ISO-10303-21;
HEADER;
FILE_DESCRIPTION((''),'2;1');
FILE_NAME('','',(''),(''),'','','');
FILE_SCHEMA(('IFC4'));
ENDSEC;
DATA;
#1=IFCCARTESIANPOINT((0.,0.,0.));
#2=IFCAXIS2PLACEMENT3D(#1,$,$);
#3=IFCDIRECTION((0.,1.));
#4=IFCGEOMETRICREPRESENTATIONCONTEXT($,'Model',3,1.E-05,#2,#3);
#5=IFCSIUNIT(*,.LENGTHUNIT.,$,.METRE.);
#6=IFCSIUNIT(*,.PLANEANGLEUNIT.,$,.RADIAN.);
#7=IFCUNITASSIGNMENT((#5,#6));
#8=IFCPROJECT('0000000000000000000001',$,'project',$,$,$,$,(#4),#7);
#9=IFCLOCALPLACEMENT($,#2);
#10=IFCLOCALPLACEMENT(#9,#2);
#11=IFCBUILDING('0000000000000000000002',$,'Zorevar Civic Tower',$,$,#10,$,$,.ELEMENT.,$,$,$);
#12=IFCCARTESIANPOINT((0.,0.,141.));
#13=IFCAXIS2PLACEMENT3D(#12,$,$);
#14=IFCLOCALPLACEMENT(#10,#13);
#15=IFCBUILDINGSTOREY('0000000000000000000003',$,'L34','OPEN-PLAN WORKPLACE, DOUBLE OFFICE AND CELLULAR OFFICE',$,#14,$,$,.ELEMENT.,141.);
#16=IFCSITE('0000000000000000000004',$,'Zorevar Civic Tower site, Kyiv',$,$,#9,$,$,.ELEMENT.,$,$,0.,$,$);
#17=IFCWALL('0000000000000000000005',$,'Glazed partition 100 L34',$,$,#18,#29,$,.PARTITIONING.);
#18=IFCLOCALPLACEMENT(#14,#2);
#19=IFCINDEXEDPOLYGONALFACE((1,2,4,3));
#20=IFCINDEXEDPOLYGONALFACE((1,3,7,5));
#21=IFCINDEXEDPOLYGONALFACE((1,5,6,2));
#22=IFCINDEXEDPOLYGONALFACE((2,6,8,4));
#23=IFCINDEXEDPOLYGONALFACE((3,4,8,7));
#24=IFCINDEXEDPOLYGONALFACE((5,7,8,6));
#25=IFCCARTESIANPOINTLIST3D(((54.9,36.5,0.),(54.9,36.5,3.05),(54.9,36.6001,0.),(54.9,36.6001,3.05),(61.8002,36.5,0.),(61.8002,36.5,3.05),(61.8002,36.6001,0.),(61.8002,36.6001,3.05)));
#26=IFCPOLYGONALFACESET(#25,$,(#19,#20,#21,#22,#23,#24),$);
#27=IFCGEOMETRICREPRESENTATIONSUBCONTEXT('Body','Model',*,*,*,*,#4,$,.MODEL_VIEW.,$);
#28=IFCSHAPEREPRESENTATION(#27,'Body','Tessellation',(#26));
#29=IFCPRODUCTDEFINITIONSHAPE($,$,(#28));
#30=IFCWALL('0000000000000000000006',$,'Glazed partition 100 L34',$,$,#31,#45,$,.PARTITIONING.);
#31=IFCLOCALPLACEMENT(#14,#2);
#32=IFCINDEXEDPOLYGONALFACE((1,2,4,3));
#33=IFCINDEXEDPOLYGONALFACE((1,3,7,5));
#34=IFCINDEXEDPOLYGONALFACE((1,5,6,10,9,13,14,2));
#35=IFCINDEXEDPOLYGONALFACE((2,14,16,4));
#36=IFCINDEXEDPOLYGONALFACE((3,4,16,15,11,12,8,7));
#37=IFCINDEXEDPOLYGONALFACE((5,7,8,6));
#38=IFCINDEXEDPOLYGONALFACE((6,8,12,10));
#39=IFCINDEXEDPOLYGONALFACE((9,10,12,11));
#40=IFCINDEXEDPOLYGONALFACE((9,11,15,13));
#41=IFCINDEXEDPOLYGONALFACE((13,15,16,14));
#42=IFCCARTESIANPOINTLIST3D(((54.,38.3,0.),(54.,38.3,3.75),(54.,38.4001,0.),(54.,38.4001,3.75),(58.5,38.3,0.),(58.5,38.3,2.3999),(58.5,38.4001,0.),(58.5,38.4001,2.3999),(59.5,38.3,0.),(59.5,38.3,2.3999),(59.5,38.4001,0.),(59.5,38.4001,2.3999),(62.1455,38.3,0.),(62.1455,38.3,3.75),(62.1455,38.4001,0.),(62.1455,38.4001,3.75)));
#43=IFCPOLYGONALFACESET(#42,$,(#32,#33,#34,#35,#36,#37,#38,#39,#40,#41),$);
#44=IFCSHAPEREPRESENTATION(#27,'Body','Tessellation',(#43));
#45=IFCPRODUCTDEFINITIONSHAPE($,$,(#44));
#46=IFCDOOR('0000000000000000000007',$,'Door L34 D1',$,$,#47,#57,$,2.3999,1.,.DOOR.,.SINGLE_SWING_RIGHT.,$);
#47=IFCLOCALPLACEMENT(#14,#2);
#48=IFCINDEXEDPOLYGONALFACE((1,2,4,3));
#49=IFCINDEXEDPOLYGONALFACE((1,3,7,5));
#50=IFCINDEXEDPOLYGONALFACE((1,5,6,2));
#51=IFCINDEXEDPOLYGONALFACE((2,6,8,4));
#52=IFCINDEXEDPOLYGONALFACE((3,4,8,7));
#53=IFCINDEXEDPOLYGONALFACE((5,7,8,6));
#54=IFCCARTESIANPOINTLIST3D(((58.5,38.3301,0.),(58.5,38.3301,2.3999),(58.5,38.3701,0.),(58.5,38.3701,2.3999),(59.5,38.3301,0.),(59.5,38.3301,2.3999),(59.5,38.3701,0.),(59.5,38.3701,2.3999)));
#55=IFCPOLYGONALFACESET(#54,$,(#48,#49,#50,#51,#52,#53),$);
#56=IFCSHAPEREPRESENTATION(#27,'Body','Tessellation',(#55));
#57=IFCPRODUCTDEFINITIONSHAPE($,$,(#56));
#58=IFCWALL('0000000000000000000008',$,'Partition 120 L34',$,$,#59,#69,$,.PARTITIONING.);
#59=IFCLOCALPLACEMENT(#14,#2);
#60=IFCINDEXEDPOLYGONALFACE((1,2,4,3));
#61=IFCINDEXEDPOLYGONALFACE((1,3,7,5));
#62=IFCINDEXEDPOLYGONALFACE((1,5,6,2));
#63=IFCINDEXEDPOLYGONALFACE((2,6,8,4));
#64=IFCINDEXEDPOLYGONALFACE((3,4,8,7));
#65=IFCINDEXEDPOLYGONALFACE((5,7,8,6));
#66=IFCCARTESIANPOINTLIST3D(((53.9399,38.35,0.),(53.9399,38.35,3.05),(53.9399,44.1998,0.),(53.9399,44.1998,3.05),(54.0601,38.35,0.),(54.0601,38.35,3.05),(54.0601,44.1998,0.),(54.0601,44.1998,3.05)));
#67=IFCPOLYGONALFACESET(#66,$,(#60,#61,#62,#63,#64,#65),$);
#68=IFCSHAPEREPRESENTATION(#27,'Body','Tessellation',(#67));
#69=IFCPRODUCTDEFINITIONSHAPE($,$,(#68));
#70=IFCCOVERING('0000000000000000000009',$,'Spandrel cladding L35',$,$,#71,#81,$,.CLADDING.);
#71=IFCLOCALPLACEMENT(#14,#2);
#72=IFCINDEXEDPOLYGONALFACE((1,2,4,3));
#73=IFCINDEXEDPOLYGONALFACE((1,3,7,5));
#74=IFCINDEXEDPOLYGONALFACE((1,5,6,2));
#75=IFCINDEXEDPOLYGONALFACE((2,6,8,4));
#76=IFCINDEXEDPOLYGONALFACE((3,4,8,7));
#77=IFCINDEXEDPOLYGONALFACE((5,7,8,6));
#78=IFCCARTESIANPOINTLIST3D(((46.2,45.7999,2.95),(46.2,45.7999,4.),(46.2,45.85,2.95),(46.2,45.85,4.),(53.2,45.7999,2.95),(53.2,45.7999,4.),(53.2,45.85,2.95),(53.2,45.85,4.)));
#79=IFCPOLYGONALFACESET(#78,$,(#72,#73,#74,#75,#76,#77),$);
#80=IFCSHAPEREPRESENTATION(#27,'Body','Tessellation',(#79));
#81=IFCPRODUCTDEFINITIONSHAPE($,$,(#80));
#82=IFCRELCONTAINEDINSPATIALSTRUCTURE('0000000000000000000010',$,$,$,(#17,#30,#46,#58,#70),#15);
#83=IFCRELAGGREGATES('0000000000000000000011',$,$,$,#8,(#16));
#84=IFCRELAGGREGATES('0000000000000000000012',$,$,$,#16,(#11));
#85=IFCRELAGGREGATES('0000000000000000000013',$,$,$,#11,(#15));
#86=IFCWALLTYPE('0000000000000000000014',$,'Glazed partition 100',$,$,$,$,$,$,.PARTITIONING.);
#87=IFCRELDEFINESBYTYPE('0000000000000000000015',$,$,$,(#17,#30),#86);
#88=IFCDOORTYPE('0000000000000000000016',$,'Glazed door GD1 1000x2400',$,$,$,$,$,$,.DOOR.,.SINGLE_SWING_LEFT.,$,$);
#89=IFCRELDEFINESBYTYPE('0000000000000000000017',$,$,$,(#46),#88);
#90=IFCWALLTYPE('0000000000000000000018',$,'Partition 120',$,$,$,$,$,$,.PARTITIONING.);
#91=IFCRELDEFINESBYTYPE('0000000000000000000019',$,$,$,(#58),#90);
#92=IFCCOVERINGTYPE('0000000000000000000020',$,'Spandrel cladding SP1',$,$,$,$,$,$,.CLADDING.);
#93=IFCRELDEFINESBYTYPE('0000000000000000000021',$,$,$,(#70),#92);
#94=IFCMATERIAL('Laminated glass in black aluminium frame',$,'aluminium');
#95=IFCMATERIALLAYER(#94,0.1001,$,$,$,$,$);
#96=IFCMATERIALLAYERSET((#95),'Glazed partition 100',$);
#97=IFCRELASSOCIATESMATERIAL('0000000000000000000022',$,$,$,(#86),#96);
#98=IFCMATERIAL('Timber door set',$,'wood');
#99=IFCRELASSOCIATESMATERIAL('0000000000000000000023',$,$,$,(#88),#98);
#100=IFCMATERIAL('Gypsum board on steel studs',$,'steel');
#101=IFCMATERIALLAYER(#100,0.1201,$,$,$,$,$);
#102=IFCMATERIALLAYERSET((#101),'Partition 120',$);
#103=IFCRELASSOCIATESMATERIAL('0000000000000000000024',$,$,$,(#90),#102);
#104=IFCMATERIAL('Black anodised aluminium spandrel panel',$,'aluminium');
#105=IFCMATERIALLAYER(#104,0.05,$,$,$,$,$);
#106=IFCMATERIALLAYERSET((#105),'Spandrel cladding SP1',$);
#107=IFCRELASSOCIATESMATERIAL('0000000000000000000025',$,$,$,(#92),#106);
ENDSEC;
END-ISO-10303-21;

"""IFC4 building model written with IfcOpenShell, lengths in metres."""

from ifc_helpers import new_model, si_unit, direction, frame, frame_2d, origin, place, context, subcontext, project, spatial, rectangle, extrude, material, layer, layer_set, type_object, element, fill, save


model = new_model("IFC4")

# Units and contexts
model_context = context("Model", 3, precision=1e-05, world=origin(), true_north=direction((0.0, 1.0)))
body_context = subcontext(model_context, "Body", "Model", "MODEL_VIEW")
ifc_project = project(units=[si_unit("LENGTHUNIT", "METRE"), si_unit("PLANEANGLEUNIT", "RADIAN")], contexts=[model_context])

# Site, building, storey
site_placement = place(None, origin())
site = spatial("IfcSite", under=ifc_project, at=site_placement, Name="Zorevar Civic Tower site, Kyiv", CompositionType="ELEMENT", RefElevation=0.0)
building_placement = place(site_placement, origin())
building = spatial("IfcBuilding", under=site, at=building_placement, Name="Zorevar Civic Tower", CompositionType="ELEMENT")
storey_placement = place(building_placement, frame((0.0, 0.0, 141.0)))
storey = spatial("IfcBuildingStorey", under=building, at=storey_placement, Name="L34", Description="OPEN-PLAN WORKPLACE, DOUBLE OFFICE AND CELLULAR OFFICE", CompositionType="ELEMENT", Elevation=141.0)

# Wall
ifc_material_1 = material(Name="Laminated glass in black aluminium frame", Category="aluminium")
ifc_layer_1 = layer(ifc_material_1, 0.1001)
ifc_layer_set_1 = layer_set([ifc_layer_1], Name="Glazed partition 100")
wall_type_1 = type_object("IfcWallType", Name="Glazed partition 100", PredefinedType="PARTITIONING", material=ifc_layer_set_1)
wall_1_placement = place(storey_placement, frame((54.8999, 36.55, 0.0), z_axis=(0.0, 0.0, 1.0), x_axis=(1.0, 0.0, 0.0)))
element("IfcWall", 1, at=wall_1_placement, inside=storey, type_object=wall_type_1, Name="Glazed partition 100 L34", PredefinedType="PARTITIONING", context=body_context, shape_type="SweptSolid", body=[
    extrude(rectangle(XDim=6.9001, YDim=0.1001, at=frame_2d((3.4502, 0.0))), origin(), (0.0, 0.0, 1.0), 3.05),
])

# Wall, opening, door
wall_2_placement = place(storey_placement, frame((54.0, 38.3501, 0.0), z_axis=(0.0, 0.0, 1.0), x_axis=(1.0, 0.0, 0.0)))
wall_2 = element("IfcWall", 2, at=wall_2_placement, inside=storey, type_object=wall_type_1, Name="Glazed partition 100 L34", PredefinedType="PARTITIONING", context=body_context, shape_type="SweptSolid", body=[
    extrude(rectangle(XDim=8.1455, YDim=0.1001, at=frame_2d((4.0728, 0.0))), origin(), (0.0, 0.0, 1.0), 3.75),
])
opening_placement = place(wall_2_placement, frame((4.5, 0.0, 0.0)))
opening = element("IfcOpeningElement", 3, at=opening_placement, cuts=wall_2, PredefinedType="OPENING", context=body_context, shape_type="SweptSolid", body=[
    extrude(rectangle(XDim=1.0, YDim=2.3999, at=frame_2d((0.5, 1.2))), frame((0.0, 0.0601, 0.0), z_axis=(0.0, -1.0, 0.0), x_axis=(1.0, 0.0, 0.0)), (0.0, 0.0, 1.0), 0.1201),
])
ifc_material_2 = material(Name="Timber door set", Category="wood")
door_type = type_object("IfcDoorType", Name="Glazed door GD1 1000x2400", OperationType="SINGLE_SWING_LEFT", PredefinedType="DOOR", material=ifc_material_2)
door_placement = place(opening_placement, origin())
door = element("IfcDoor", 4, at=door_placement, inside=storey, type_object=door_type, Name="Door L34 D1", OperationType="SINGLE_SWING_RIGHT", OverallHeight=2.3999, OverallWidth=1.0, PredefinedType="DOOR", context=body_context, shape_type="SweptSolid", body=[
    extrude(rectangle(XDim=1.0, YDim=2.3999, at=frame_2d((0.5, 1.2))), frame((0.0, 0.02, 0.0), z_axis=(0.0, -1.0, 0.0), x_axis=(1.0, 0.0, 0.0)), (0.0, 0.0, 1.0), 0.04),
])
fill(opening, door)

# Wall
ifc_material_3 = material(Name="Gypsum board on steel studs", Category="steel")
ifc_layer_2 = layer(ifc_material_3, 0.1201)
ifc_layer_set_2 = layer_set([ifc_layer_2], Name="Partition 120")
wall_type_2 = type_object("IfcWallType", Name="Partition 120", PredefinedType="PARTITIONING", material=ifc_layer_set_2)
wall_3_placement = place(storey_placement, frame((54.0, 38.3501, 0.0), z_axis=(0.0, 0.0, 1.0), x_axis=(0.0, 1.0, 0.0)))
element("IfcWall", 5, at=wall_3_placement, inside=storey, type_object=wall_type_2, Name="Partition 120 L34", PredefinedType="PARTITIONING", context=body_context, shape_type="SweptSolid", body=[
    extrude(rectangle(XDim=5.8499, YDim=0.1201, at=frame_2d((2.9248, 0.0))), origin(), (0.0, 0.0, 1.0), 3.05),
])

# Covering
ifc_material_4 = material(Name="Black anodised aluminium spandrel panel", Category="aluminium")
ifc_layer_3 = layer(ifc_material_4, 0.05)
ifc_layer_set_3 = layer_set([ifc_layer_3], Name="Spandrel cladding SP1")
covering_type = type_object("IfcCoveringType", Name="Spandrel cladding SP1", PredefinedType="CLADDING", material=ifc_layer_set_3)
covering_placement = place(storey_placement, frame((46.2, 45.825, 2.95), z_axis=(0.0, 0.0, 1.0), x_axis=(1.0, 0.0, 0.0)))
element("IfcCovering", 6, at=covering_placement, inside=storey, type_object=covering_type, Name="Spandrel cladding L35", PredefinedType="CLADDING", context=body_context, shape_type="SweptSolid", body=[
    extrude(rectangle(XDim=7.0, YDim=0.05, at=frame_2d((3.5, 0.0))), origin(), (0.0, 0.0, 1.0), 1.05),
])

save(model, "model.ifc")
